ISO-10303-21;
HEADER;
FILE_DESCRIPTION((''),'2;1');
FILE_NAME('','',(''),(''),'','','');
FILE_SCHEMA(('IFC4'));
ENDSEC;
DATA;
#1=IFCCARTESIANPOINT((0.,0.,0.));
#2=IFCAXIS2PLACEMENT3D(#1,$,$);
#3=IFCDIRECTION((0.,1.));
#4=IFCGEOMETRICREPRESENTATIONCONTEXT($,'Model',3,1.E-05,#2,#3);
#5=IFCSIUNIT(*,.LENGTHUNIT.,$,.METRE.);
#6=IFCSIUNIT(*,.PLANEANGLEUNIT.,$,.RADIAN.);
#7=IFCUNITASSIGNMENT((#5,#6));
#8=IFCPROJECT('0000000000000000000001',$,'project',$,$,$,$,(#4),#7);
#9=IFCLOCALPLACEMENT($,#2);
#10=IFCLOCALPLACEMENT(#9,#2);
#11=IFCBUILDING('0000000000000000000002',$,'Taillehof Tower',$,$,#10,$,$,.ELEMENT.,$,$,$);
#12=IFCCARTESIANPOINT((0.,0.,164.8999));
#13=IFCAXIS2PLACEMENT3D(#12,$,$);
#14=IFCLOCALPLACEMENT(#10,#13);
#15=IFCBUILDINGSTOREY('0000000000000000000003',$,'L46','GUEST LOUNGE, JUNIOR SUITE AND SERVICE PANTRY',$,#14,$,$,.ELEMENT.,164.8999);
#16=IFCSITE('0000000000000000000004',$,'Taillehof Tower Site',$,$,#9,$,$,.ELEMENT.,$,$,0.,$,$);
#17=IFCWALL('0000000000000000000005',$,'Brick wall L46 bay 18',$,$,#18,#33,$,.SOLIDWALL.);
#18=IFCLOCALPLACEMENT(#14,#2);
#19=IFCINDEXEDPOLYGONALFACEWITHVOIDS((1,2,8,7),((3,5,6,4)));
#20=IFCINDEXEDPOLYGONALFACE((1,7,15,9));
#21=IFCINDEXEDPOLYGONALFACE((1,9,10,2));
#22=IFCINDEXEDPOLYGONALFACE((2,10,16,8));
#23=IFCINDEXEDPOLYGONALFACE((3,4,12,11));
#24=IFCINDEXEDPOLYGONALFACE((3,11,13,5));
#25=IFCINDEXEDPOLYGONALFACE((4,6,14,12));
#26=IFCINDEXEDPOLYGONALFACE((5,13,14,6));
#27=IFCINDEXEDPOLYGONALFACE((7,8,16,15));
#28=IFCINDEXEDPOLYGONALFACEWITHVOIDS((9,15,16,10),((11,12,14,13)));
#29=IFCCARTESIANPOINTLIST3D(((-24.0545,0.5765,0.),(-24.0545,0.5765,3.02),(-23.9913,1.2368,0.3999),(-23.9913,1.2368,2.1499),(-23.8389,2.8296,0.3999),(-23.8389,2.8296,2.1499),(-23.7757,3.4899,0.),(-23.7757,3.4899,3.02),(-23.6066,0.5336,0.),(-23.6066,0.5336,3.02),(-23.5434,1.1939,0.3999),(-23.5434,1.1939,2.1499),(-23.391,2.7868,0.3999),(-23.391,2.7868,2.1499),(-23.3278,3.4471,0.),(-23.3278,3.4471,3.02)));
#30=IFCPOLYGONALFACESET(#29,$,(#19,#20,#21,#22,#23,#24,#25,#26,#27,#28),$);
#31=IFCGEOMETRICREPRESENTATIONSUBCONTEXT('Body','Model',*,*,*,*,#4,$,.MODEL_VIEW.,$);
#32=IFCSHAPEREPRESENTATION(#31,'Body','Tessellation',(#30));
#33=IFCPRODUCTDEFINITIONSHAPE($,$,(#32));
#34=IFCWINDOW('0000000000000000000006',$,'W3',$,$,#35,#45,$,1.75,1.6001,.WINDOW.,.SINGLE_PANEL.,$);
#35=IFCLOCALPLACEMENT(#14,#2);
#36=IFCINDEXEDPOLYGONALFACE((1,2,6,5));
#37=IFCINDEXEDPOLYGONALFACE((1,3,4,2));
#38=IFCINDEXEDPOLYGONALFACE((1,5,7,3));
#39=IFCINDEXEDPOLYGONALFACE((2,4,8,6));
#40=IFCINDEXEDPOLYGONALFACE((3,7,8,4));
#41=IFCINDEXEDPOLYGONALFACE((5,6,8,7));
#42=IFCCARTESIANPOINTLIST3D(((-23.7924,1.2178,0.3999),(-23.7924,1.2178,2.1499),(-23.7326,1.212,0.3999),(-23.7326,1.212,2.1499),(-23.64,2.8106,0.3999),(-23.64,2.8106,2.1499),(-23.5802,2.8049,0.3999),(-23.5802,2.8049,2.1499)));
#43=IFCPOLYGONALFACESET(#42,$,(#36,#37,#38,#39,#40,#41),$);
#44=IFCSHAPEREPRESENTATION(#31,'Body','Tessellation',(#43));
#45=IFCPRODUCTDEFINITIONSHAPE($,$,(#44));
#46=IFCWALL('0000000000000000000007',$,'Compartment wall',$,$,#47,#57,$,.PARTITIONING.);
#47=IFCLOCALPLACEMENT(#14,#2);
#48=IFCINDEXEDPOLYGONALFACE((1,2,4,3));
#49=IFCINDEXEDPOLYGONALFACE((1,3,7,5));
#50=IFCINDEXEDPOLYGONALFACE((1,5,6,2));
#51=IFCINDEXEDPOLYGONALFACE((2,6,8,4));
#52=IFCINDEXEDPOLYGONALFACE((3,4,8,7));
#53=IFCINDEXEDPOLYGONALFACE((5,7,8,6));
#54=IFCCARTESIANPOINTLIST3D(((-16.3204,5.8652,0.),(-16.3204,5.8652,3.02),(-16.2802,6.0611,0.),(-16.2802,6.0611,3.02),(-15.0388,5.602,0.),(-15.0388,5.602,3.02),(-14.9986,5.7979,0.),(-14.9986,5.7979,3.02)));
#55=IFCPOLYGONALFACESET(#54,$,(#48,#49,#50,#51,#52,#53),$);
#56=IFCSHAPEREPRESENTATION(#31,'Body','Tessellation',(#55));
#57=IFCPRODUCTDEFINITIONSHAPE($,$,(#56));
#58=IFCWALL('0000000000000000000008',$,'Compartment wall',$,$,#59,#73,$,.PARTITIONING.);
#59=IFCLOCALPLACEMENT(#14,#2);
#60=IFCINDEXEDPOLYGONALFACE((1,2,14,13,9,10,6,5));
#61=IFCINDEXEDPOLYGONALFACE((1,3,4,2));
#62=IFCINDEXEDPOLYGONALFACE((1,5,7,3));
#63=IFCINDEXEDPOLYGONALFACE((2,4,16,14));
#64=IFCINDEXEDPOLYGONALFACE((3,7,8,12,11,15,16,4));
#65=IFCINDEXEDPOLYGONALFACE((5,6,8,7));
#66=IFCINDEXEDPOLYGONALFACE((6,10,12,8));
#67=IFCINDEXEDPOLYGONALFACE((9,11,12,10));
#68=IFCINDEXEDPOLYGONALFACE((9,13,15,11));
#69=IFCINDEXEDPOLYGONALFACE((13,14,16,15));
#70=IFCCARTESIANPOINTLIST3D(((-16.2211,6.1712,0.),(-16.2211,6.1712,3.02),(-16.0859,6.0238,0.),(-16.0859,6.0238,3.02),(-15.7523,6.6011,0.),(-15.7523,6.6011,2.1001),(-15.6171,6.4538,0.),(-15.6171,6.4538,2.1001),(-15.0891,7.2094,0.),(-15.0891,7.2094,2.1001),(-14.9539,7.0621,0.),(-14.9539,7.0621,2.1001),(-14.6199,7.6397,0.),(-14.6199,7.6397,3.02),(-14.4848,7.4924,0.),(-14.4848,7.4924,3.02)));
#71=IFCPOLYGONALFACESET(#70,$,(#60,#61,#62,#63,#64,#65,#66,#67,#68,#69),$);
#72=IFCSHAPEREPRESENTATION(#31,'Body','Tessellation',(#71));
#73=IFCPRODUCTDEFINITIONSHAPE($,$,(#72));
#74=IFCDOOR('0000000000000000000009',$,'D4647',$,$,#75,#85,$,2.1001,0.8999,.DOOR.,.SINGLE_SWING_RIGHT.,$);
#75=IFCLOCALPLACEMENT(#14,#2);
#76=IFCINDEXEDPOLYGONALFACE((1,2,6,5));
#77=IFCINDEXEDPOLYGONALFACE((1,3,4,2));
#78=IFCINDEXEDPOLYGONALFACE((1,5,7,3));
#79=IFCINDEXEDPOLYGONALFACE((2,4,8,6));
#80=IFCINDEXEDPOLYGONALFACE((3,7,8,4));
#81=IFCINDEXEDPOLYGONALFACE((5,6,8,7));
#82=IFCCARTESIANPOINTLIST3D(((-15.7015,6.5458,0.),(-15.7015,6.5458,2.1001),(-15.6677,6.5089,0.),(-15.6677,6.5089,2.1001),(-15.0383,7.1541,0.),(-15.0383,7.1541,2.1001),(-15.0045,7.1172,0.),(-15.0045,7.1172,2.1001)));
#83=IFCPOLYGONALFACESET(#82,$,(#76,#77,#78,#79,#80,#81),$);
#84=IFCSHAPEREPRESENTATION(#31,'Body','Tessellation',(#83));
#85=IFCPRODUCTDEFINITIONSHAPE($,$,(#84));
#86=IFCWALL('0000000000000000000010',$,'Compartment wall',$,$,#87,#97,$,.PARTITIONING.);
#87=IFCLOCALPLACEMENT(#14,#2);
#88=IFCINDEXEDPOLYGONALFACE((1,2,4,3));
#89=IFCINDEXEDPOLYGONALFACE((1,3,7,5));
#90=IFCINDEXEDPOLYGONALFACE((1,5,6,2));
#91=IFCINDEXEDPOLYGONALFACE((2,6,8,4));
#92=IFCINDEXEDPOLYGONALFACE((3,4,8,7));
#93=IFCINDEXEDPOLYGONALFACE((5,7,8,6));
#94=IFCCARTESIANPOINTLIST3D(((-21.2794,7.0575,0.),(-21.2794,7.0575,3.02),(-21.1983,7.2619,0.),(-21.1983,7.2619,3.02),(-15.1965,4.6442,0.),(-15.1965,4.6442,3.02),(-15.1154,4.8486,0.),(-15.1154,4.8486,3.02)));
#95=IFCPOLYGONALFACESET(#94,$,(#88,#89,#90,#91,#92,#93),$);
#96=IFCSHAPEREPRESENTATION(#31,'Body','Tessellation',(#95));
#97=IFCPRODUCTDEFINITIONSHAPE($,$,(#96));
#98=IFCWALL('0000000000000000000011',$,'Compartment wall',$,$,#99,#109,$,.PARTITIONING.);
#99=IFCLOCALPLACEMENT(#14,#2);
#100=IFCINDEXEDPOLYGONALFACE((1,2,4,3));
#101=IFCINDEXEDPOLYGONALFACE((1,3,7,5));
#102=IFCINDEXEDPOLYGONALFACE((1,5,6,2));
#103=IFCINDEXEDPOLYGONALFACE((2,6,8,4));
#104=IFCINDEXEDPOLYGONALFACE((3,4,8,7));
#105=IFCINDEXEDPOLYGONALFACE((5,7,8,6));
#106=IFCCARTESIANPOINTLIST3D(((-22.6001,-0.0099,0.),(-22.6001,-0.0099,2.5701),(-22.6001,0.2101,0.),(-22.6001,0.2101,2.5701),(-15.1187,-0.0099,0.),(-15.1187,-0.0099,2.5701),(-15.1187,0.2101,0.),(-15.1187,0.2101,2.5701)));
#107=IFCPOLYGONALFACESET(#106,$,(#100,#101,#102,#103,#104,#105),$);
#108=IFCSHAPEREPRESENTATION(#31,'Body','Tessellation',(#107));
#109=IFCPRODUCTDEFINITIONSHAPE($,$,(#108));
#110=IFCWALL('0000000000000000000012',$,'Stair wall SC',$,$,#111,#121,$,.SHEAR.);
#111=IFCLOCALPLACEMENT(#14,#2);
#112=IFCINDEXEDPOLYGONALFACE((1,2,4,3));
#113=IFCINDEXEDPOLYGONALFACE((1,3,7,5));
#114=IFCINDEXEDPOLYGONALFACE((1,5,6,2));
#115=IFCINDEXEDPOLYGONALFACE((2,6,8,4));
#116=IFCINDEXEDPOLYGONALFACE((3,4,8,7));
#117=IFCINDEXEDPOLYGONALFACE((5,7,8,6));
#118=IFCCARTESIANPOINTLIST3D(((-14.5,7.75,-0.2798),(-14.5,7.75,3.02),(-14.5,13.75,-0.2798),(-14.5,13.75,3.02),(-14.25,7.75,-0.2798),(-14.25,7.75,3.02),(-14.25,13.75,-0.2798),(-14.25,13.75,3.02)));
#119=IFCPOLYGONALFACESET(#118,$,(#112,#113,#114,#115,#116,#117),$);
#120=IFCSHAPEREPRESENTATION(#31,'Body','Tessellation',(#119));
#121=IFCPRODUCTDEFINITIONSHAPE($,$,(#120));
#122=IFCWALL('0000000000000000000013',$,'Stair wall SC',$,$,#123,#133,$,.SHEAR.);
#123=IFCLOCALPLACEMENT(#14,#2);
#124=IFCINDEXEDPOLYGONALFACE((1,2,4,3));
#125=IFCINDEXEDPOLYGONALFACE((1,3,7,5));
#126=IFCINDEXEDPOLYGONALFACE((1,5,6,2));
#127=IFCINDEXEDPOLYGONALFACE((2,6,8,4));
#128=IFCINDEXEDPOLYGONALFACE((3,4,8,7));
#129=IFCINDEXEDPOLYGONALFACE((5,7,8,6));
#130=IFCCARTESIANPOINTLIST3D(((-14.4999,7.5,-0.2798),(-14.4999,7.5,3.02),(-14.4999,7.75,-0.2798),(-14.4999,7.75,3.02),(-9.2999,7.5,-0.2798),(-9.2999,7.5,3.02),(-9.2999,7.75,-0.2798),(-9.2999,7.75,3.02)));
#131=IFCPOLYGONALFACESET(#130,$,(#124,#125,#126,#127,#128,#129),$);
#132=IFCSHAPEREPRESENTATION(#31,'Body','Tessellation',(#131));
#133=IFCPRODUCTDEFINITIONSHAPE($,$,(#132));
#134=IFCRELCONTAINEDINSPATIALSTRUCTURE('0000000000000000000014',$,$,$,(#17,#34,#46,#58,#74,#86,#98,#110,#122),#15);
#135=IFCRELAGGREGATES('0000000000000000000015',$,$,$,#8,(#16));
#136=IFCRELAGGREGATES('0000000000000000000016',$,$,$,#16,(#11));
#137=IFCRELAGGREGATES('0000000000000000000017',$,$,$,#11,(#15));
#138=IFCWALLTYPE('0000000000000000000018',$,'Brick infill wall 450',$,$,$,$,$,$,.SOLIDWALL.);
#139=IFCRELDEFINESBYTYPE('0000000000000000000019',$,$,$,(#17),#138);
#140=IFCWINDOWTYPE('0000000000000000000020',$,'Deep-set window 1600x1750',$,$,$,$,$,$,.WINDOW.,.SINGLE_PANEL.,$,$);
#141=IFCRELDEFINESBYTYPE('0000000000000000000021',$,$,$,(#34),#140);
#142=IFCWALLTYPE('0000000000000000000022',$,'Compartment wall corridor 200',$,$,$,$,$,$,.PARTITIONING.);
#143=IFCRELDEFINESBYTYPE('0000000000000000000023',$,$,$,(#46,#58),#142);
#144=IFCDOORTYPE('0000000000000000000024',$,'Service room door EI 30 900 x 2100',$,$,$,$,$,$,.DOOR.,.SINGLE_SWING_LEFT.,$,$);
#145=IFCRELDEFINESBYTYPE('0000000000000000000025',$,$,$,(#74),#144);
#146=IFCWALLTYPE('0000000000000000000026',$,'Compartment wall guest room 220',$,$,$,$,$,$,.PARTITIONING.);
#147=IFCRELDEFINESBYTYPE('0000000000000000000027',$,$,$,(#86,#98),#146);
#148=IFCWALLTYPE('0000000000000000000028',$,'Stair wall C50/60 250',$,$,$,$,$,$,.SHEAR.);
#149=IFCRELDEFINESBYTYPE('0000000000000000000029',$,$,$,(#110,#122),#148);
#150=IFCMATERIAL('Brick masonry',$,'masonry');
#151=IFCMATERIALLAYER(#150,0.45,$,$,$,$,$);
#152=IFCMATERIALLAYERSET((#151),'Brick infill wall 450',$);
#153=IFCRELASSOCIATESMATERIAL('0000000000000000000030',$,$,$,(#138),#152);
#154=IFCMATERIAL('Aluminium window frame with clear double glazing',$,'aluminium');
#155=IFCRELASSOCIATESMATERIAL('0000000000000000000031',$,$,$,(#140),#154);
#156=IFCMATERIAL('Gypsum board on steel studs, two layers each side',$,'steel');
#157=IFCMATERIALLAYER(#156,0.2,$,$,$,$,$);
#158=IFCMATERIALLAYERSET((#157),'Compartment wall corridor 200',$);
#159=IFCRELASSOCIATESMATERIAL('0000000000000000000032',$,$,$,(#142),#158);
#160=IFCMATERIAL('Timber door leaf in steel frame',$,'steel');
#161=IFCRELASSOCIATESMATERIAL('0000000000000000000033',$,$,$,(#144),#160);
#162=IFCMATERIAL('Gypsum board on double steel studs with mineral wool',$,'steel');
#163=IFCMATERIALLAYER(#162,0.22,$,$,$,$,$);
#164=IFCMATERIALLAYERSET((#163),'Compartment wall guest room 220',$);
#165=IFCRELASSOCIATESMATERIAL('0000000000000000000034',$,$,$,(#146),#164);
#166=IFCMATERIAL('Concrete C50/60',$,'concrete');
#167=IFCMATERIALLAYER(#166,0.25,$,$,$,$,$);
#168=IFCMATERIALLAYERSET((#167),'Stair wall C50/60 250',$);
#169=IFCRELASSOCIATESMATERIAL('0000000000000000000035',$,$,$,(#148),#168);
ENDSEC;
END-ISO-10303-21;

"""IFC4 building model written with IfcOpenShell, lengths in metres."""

from ifc_helpers import new_model, si_unit, direction, frame, frame_2d, origin, place, context, subcontext, project, spatial, rectangle, extrude, material, layer, layer_set, type_object, element, fill, save


model = new_model("IFC4")

# Units and contexts
model_context = context("Model", 3, precision=1e-05, world=origin(), true_north=direction((0.0, 1.0)))
body_context = subcontext(model_context, "Body", "Model", "MODEL_VIEW")
ifc_project = project(units=[si_unit("LENGTHUNIT", "METRE"), si_unit("PLANEANGLEUNIT", "RADIAN")], contexts=[model_context])

# Site, building, storey
site_placement = place(None, origin())
site = spatial("IfcSite", under=ifc_project, at=site_placement, Name="Taillehof Tower Site", CompositionType="ELEMENT", RefElevation=0.0)
building_placement = place(site_placement, origin())
building = spatial("IfcBuilding", under=site, at=building_placement, Name="Taillehof Tower", CompositionType="ELEMENT")
storey_placement = place(building_placement, frame((0.0, 0.0, 164.8999)))
storey = spatial("IfcBuildingStorey", under=building, at=storey_placement, Name="L46", Description="GUEST LOUNGE, JUNIOR SUITE AND SERVICE PANTRY", CompositionType="ELEMENT", Elevation=164.8999)

# Wall, opening, window
ifc_material_1 = material(Name="Brick masonry", Category="masonry")
ifc_layer_1 = layer(ifc_material_1, 0.45)
ifc_layer_set_1 = layer_set([ifc_layer_1], Name="Brick infill wall 450")
wall_type_1 = type_object("IfcWallType", Name="Brick infill wall 450", PredefinedType="SOLIDWALL", material=ifc_layer_set_1)
ifc_material_2 = material(Name="Aluminium window frame with clear double glazing", Category="aluminium")
window_type = type_object("IfcWindowType", Name="Deep-set window 1600x1750", PartitioningType="SINGLE_PANEL", PredefinedType="WINDOW", material=ifc_material_2)
wall_1_placement = place(storey_placement, frame((-23.5518, 3.4685, 0.0), z_axis=(0.0, 0.0, 1.0), x_axis=(-0.095266, -0.995452, 0.0)))
wall_1 = element("IfcWall", 1, at=wall_1_placement, inside=storey, type_object=wall_type_1, Name="Brick wall L46 bay 18", PredefinedType="SOLIDWALL", context=body_context, shape_type="SweptSolid", body=[
    extrude(rectangle(XDim=2.9268, YDim=0.45, at=frame_2d((1.4634, 0.0))), origin(), (0.0, 0.0, 1.0), 3.02),
])
opening_1_placement = place(wall_1_placement, frame((0.6633, 0.0, 0.3999)))
opening_1 = element("IfcOpeningElement", 2, at=opening_1_placement, cuts=wall_1, PredefinedType="OPENING", context=body_context, shape_type="SweptSolid", body=[
    extrude(rectangle(XDim=1.6001, YDim=1.75, at=frame_2d((0.8, 0.875))), frame((0.0, 0.2349, 0.0), z_axis=(0.0, -1.0, 0.0), x_axis=(1.0, 0.0, 0.0)), (0.0, 0.0, 1.0), 0.47),
])
window_1_placement = place(opening_1_placement, origin())
window_1 = element("IfcWindow", 3, at=window_1_placement, inside=storey, type_object=window_type, Name="W3", OverallHeight=1.75, OverallWidth=1.6001, PartitioningType="SINGLE_PANEL", PredefinedType="WINDOW", context=body_context, shape_type="SweptSolid", body=[
    extrude(rectangle(XDim=1.6001, YDim=1.75, at=frame_2d((0.8, 0.875))), frame((0.0, 0.0349, 0.0), z_axis=(0.0, -1.0, 0.0), x_axis=(1.0, 0.0, 0.0)), (0.0, 0.0, 1.0), 0.0601),
])
fill(opening_1, window_1)

# Wall
ifc_material_3 = material(Name="Gypsum board on steel studs, two layers each side", Category="steel")
ifc_layer_2 = layer(ifc_material_3, 0.2)
ifc_layer_set_2 = layer_set([ifc_layer_2], Name="Compartment wall corridor 200")
wall_type_2 = type_object("IfcWallType", Name="Compartment wall corridor 200", PredefinedType="PARTITIONING", material=ifc_layer_set_2)
wall_2_placement = place(storey_placement, frame((-15.0186, 5.7, 0.0), z_axis=(0.0, 0.0, 1.0), x_axis=(-0.979556, 0.201174, 0.0)))
element("IfcWall", 4, at=wall_2_placement, inside=storey, type_object=wall_type_2, Name="Compartment wall", PredefinedType="PARTITIONING", context=body_context, shape_type="SweptSolid", body=[
    extrude(rectangle(XDim=1.3083, YDim=0.2, at=frame_2d((0.6543, 0.0))), origin(), (0.0, 0.0, 1.0), 3.02),
])

# Wall, opening, door
wall_3_placement = place(storey_placement, frame((-16.1536, 6.0974, 0.0), z_axis=(0.0, 0.0, 1.0), x_axis=(0.736958, 0.675938, 0.0)))
wall_3 = element("IfcWall", 5, at=wall_3_placement, inside=storey, type_object=wall_type_2, Name="Compartment wall", PredefinedType="PARTITIONING", context=body_context, shape_type="SweptSolid", body=[
    extrude(rectangle(XDim=2.1726, YDim=0.2, at=frame_2d((1.0864, 0.0))), origin(), (0.0, 0.0, 1.0), 3.02),
])
opening_2_placement = place(wall_3_placement, frame((0.6362, 0.0, 0.0)))
opening_2 = element("IfcOpeningElement", 6, at=opening_2_placement, cuts=wall_3, PredefinedType="OPENING", context=body_context, shape_type="SweptSolid", body=[
    extrude(rectangle(XDim=0.8999, YDim=2.1001, at=frame_2d((0.45, 1.05))), frame((0.0, 0.1099, 0.0), z_axis=(0.0, -1.0, 0.0), x_axis=(1.0, 0.0, 0.0)), (0.0, 0.0, 1.0), 0.22),
])
ifc_material_4 = material(Name="Timber door leaf in steel frame", Category="steel")
door_type = type_object("IfcDoorType", Name="Service room door EI 30 900 x 2100", OperationType="SINGLE_SWING_LEFT", PredefinedType="DOOR", material=ifc_material_4)
door_placement = place(opening_2_placement, origin())
door = element("IfcDoor", 7, at=door_placement, inside=storey, type_object=door_type, Name="D4647", OperationType="SINGLE_SWING_RIGHT", OverallHeight=2.1001, OverallWidth=0.8999, PredefinedType="DOOR", context=body_context, shape_type="SweptSolid", body=[
    extrude(rectangle(XDim=0.8999, YDim=2.1001, at=frame_2d((0.45, 1.05))), frame((0.0, 0.0249, 0.0), z_axis=(0.0, -1.0, 0.0), x_axis=(1.0, 0.0, 0.0)), (0.0, 0.0, 1.0), 0.05),
])
fill(opening_2, door)

# Walls
ifc_material_5 = material(Name="Gypsum board on double steel studs with mineral wool", Category="steel")
ifc_layer_3 = layer(ifc_material_5, 0.22)
ifc_layer_set_3 = layer_set([ifc_layer_3], Name="Compartment wall guest room 220")
wall_type_3 = type_object("IfcWallType", Name="Compartment wall guest room 220", PredefinedType="PARTITIONING", material=ifc_layer_set_3)
wall_4_placement = place(storey_placement, frame((-21.2388, 7.1597, 0.0), z_axis=(0.0, 0.0, 1.0), x_axis=(0.92952, -0.368771, 0.0)))
element("IfcWall", 8, at=wall_4_placement, inside=storey, type_object=wall_type_3, Name="Compartment wall", PredefinedType="PARTITIONING", context=body_context, shape_type="SweptSolid", body=[
    extrude(rectangle(XDim=6.5442, YDim=0.22, at=frame_2d((3.272, 0.0))), origin(), (0.0, 0.0, 1.0), 3.02),
])
wall_5_placement = place(storey_placement, frame((-22.6001, 0.1001, 0.0), z_axis=(0.0, 0.0, 1.0), x_axis=(1.0, 0.0, 0.0)))
element("IfcWall", 9, at=wall_5_placement, inside=storey, type_object=wall_type_3, Name="Compartment wall", PredefinedType="PARTITIONING", context=body_context, shape_type="SweptSolid", body=[
    extrude(rectangle(XDim=7.4814, YDim=0.22, at=frame_2d((3.7407, 0.0))), origin(), (0.0, 0.0, 1.0), 2.5701),
])
ifc_material_6 = material(Name="Concrete C50/60", Category="concrete")
ifc_layer_4 = layer(ifc_material_6, 0.25)
ifc_layer_set_4 = layer_set([ifc_layer_4], Name="Stair wall C50/60 250")
wall_type_4 = type_object("IfcWallType", Name="Stair wall C50/60 250", PredefinedType="SHEAR", material=ifc_layer_set_4)
wall_6_placement = place(storey_placement, frame((-14.375, 7.75, -0.2798), z_axis=(0.0, 0.0, 1.0), x_axis=(0.0, 1.0, 0.0)))
element("IfcWall", 10, at=wall_6_placement, inside=storey, type_object=wall_type_4, Name="Stair wall SC", PredefinedType="SHEAR", context=body_context, shape_type="SweptSolid", body=[
    extrude(rectangle(XDim=6.0, YDim=0.25, at=frame_2d((3.0, 0.0))), origin(), (0.0, 0.0, 1.0), 3.2998),
])
wall_7_placement = place(storey_placement, frame((-14.5, 7.625, -0.2798), z_axis=(0.0, 0.0, 1.0), x_axis=(1.0, 0.0, 0.0)))
element("IfcWall", 11, at=wall_7_placement, inside=storey, type_object=wall_type_4, Name="Stair wall SC", PredefinedType="SHEAR", context=body_context, shape_type="SweptSolid", body=[
    extrude(rectangle(XDim=5.2, YDim=0.25, at=frame_2d((2.6001, 0.0))), origin(), (0.0, 0.0, 1.0), 3.2998),
])

save(model, "model.ifc")
